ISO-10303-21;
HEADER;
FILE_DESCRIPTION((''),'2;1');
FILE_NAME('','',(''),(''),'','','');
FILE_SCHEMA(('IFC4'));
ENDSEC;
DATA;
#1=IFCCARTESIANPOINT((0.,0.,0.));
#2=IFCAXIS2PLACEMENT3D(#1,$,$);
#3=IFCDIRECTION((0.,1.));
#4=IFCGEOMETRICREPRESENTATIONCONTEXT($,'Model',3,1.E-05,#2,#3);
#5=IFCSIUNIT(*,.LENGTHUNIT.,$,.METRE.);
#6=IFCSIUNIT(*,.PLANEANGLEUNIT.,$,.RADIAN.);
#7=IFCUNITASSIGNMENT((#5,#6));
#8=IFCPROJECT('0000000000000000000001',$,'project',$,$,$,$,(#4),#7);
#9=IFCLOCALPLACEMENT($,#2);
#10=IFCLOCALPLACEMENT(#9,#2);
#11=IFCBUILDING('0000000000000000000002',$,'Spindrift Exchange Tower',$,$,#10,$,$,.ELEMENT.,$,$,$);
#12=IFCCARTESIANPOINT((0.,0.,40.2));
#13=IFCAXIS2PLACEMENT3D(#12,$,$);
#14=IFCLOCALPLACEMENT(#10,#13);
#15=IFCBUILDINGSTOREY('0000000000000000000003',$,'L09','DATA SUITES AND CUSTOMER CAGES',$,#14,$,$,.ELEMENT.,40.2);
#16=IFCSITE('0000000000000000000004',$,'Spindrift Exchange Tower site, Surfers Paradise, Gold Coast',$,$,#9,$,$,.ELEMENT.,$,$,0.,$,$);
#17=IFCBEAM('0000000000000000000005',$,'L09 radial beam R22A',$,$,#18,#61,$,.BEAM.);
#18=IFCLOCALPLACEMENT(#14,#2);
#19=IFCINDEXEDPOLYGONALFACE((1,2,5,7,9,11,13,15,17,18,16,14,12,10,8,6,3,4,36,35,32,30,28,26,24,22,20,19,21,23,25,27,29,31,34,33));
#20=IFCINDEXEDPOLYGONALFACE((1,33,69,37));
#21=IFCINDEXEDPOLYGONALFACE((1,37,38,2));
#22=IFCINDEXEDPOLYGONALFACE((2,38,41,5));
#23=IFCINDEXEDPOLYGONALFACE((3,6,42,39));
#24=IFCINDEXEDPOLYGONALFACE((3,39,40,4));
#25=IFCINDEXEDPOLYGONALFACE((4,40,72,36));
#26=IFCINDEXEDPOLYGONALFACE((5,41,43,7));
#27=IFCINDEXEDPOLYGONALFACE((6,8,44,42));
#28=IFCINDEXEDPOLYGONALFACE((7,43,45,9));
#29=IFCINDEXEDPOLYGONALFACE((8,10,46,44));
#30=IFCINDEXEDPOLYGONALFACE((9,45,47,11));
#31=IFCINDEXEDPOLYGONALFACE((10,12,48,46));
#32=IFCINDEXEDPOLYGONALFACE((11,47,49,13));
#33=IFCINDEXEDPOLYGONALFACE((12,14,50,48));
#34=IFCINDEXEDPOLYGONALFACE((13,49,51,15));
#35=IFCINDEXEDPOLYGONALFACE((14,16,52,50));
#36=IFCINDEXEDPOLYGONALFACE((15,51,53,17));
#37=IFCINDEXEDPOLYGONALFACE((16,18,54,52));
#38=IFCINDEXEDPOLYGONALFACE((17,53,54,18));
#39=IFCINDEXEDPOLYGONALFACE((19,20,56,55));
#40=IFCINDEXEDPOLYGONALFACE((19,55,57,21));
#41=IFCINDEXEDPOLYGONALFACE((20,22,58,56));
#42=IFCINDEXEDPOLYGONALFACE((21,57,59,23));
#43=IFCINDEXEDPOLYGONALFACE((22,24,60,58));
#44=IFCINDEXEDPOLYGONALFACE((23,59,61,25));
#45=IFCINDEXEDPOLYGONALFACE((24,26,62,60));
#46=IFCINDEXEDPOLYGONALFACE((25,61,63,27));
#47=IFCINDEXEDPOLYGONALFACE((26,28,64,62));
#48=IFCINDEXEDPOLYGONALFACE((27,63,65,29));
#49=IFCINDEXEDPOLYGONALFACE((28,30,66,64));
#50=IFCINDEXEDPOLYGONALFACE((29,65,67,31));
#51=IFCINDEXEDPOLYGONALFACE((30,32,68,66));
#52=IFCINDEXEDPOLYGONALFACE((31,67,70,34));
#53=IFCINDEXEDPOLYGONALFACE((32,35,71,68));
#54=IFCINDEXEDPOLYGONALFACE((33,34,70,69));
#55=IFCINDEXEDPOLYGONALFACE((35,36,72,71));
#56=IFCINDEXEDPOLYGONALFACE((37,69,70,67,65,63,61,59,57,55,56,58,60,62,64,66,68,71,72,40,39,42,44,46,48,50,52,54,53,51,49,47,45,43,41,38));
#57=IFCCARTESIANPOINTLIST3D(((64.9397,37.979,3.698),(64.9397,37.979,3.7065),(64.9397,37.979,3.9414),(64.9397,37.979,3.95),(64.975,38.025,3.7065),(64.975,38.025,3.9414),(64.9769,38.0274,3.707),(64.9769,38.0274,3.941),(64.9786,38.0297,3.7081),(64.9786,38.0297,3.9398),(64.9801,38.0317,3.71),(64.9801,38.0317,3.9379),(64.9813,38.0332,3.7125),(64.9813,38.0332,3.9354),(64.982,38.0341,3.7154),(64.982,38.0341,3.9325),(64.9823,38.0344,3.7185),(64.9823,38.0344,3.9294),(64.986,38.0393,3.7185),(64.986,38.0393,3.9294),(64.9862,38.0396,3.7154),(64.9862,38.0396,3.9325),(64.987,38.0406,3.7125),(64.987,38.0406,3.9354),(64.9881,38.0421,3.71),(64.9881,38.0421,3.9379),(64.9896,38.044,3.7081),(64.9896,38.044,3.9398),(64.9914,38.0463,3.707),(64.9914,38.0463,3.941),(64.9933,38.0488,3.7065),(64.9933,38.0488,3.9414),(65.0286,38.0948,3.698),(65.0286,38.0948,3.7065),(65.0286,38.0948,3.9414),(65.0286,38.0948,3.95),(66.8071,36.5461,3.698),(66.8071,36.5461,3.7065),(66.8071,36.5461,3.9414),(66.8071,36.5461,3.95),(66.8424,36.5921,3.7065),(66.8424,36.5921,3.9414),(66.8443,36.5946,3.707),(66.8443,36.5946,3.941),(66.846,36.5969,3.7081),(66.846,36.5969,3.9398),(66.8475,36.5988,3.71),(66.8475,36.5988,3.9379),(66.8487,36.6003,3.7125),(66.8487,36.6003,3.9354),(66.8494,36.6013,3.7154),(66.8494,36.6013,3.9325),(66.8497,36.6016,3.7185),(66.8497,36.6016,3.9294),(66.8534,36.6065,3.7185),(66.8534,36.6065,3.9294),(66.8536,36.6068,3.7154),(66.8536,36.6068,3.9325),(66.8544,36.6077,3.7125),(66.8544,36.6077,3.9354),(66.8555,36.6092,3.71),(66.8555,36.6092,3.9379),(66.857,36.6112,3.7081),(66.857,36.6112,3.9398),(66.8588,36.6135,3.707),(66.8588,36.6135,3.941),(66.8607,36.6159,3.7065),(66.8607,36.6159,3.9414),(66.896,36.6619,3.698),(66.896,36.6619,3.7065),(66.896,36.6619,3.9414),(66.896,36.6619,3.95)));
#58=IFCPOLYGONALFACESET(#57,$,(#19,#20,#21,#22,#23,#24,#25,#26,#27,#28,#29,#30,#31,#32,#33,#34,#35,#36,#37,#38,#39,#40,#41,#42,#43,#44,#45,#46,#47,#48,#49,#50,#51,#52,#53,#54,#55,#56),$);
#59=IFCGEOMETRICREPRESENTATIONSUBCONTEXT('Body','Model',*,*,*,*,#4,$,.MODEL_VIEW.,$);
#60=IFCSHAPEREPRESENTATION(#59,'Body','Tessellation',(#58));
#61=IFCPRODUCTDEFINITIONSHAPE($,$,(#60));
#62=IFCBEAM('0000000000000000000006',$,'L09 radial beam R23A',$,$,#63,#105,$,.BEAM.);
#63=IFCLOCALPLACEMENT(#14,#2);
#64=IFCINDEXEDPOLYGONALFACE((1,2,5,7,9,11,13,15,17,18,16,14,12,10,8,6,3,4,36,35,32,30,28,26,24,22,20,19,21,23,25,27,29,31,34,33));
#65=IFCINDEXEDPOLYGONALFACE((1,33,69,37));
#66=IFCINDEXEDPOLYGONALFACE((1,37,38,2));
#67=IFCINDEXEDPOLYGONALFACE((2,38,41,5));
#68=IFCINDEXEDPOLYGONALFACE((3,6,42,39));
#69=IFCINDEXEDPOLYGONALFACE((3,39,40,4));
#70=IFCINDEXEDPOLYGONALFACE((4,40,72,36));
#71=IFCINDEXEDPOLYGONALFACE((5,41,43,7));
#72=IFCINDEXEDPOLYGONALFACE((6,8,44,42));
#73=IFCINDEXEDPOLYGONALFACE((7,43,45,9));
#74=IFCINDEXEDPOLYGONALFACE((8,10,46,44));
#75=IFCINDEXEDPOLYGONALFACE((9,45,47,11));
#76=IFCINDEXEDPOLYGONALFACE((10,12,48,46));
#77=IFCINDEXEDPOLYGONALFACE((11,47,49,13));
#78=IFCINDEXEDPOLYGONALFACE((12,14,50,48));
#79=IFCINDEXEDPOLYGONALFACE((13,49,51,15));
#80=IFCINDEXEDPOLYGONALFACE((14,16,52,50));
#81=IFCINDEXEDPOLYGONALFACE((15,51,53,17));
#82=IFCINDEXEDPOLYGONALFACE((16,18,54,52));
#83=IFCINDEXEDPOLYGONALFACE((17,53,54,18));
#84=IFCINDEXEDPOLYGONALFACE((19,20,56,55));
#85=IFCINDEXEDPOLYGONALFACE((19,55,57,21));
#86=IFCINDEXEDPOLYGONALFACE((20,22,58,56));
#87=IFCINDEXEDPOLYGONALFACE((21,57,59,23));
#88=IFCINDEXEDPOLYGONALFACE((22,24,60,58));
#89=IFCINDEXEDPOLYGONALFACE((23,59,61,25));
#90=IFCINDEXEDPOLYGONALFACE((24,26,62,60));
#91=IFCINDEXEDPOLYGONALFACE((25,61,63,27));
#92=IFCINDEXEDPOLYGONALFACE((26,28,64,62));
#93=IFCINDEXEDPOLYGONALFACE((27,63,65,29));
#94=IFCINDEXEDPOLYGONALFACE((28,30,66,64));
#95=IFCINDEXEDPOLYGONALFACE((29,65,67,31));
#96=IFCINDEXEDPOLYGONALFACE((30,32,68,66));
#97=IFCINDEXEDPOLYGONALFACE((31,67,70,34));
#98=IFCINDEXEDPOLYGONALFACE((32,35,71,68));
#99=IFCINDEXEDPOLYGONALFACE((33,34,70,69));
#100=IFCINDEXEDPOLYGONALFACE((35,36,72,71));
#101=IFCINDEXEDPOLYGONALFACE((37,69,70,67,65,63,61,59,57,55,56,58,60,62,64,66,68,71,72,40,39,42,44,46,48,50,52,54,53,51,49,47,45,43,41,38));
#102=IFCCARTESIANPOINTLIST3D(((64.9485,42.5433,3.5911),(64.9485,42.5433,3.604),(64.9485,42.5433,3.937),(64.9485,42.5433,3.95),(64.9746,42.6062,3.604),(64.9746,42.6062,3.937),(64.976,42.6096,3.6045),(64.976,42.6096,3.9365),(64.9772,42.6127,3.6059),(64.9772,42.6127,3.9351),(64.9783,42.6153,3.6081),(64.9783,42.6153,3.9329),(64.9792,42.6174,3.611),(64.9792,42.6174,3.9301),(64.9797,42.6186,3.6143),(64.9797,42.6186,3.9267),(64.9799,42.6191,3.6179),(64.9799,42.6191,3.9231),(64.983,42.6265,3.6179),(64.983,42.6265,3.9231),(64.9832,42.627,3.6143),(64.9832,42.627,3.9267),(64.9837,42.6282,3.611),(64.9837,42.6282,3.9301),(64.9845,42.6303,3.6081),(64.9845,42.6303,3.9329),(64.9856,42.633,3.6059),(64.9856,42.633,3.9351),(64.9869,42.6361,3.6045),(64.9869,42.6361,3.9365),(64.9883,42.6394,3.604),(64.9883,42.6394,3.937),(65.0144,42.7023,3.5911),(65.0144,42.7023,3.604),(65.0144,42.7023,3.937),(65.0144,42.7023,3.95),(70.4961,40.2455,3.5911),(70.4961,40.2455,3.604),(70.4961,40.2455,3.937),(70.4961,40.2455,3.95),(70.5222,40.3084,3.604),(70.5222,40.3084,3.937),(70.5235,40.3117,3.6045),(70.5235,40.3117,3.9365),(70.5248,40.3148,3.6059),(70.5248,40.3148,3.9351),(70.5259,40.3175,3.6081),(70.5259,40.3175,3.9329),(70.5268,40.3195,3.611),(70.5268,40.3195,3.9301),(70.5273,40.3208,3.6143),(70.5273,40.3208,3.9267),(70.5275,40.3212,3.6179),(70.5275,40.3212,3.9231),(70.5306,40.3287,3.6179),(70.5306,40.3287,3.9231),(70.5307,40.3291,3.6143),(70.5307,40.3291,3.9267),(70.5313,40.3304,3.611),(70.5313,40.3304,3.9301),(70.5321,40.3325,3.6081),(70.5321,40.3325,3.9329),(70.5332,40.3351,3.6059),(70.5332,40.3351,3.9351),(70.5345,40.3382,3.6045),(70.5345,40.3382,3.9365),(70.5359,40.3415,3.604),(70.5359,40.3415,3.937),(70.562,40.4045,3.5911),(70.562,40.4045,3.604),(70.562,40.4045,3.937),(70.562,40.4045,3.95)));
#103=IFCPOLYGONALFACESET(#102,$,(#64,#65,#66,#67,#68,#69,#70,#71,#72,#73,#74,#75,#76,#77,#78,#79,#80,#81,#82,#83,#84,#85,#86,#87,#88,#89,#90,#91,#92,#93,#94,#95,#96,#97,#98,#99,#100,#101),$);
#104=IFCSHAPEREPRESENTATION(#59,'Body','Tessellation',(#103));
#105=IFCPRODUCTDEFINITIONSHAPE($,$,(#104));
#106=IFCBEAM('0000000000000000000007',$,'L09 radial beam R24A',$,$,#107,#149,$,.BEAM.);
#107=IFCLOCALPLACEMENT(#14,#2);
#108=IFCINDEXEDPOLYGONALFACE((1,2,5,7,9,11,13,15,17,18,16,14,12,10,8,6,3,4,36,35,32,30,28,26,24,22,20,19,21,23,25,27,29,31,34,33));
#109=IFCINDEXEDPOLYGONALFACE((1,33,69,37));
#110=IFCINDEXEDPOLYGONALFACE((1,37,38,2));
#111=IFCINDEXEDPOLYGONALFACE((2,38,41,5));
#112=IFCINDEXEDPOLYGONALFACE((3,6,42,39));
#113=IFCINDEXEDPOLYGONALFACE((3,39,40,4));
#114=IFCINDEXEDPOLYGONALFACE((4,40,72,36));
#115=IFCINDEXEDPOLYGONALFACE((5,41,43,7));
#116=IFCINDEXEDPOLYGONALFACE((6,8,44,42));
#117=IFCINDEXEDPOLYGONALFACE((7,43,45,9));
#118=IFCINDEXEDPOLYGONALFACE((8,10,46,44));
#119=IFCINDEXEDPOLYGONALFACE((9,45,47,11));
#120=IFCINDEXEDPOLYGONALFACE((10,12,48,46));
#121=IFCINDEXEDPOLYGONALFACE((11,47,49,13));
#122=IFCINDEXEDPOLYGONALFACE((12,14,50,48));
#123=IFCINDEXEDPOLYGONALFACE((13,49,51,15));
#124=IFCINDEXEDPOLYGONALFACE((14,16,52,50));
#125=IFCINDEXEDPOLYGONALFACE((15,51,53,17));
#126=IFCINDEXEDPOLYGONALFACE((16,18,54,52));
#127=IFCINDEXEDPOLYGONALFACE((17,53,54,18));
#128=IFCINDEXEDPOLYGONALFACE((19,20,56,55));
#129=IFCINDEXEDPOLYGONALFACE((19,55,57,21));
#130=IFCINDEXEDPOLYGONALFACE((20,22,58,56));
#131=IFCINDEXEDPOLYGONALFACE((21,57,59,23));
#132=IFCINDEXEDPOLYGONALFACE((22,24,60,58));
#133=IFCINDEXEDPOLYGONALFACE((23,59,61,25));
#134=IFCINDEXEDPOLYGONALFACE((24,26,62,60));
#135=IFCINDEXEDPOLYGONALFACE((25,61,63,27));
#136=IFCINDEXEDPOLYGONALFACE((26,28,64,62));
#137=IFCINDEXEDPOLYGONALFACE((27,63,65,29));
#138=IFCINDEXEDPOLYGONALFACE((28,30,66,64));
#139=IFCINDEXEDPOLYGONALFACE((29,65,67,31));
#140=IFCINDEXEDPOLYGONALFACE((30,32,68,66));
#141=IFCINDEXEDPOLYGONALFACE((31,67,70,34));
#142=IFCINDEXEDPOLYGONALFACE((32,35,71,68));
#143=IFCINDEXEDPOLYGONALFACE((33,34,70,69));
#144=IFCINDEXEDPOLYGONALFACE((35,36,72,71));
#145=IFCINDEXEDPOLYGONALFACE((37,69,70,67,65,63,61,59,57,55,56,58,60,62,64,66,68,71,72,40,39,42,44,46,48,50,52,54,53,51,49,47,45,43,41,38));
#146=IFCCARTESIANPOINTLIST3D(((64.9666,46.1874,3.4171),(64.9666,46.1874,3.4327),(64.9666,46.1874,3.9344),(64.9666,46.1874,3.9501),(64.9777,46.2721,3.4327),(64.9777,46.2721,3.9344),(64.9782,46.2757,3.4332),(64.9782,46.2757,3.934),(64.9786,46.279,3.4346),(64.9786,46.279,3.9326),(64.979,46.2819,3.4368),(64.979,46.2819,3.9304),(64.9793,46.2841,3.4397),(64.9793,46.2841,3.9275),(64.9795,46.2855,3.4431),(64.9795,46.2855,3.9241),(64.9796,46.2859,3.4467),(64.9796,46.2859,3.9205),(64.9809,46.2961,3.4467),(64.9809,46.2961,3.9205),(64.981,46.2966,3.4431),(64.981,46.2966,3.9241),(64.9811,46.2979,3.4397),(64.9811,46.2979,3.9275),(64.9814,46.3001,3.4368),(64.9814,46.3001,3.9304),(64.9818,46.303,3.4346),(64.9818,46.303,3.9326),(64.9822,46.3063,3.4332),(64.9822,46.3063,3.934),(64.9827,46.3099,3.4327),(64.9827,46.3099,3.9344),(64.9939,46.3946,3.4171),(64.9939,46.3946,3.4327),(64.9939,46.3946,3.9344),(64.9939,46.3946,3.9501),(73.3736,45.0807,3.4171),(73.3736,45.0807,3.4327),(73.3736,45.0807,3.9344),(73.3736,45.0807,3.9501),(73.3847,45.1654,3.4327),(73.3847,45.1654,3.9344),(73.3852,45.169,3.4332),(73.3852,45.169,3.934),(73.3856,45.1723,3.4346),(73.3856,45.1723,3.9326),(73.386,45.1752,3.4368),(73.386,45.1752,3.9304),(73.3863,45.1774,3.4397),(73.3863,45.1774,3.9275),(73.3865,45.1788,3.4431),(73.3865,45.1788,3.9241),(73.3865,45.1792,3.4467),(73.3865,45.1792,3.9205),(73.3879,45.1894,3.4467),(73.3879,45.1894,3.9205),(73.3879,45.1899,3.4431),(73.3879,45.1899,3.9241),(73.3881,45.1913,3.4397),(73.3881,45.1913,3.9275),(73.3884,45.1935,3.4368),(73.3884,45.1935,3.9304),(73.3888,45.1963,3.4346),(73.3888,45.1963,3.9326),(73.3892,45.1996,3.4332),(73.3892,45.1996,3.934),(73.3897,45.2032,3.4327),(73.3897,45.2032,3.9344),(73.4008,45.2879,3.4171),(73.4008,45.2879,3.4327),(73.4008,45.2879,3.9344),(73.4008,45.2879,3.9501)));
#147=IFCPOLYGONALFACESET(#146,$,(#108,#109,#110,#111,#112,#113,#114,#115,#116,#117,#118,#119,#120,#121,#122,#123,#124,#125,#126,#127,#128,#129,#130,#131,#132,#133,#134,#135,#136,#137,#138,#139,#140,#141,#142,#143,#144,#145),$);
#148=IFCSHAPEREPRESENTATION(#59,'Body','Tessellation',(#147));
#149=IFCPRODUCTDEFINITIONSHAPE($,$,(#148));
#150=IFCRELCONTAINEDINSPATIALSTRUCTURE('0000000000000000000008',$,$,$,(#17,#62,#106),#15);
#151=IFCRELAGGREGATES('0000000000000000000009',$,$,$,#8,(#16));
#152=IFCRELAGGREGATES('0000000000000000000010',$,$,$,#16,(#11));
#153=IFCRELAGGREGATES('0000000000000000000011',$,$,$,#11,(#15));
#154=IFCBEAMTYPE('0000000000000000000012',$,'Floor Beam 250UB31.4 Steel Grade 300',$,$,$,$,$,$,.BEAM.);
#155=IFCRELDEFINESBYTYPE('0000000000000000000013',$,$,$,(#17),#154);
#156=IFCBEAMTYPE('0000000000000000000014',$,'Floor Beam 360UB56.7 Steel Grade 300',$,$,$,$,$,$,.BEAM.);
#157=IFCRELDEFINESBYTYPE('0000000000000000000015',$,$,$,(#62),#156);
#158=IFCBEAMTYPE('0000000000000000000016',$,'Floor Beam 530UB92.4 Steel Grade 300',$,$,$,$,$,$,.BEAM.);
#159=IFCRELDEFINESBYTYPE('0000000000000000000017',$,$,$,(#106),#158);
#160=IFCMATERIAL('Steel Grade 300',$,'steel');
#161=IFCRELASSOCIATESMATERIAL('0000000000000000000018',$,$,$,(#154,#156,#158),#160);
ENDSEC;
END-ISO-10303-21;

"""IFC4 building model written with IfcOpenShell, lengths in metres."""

from ifc_helpers import new_model, si_unit, direction, frame, origin, origin_2d, place, context, subcontext, project, spatial, i_section, extrude, source, transform, mapped, material, material_profile, profile_set, type_object, element, save


model = new_model("IFC4")

# Units and contexts
model_context = context("Model", 3, precision=1e-05, world=origin(), true_north=direction((0.0, 1.0)))
body_context = subcontext(model_context, "Body", "Model", "MODEL_VIEW")
ifc_project = project(units=[si_unit("LENGTHUNIT", "METRE"), si_unit("PLANEANGLEUNIT", "RADIAN")], contexts=[model_context])

# Site, building, storey
site_placement = place(None, origin())
site = spatial("IfcSite", under=ifc_project, at=site_placement, Name="Spindrift Exchange Tower site, Surfers Paradise, Gold Coast", CompositionType="ELEMENT", RefElevation=0.0)
building_placement = place(site_placement, origin())
building = spatial("IfcBuilding", under=site, at=building_placement, Name="Spindrift Exchange Tower", CompositionType="ELEMENT")
storey_placement = place(building_placement, frame((0.0, 0.0, 40.2)))
storey = spatial("IfcBuildingStorey", under=building, at=storey_placement, Name="L09", Description="DATA SUITES AND CUSTOMER CAGES", CompositionType="ELEMENT", Elevation=40.2)

# Beams
ifc_material_1 = material(Name="Steel Grade 300", Category="steel")
ifc_material_profile_1 = material_profile(ifc_material_1, i_section(OverallWidth=0.146, OverallDepth=0.252, WebThickness=0.0061, FlangeThickness=0.0085, FilletRadius=0.012, at=origin_2d()), Name="250UB31.4")
ifc_profile_set_1 = profile_set([ifc_material_profile_1], Name="Steel Grade 300")
beam_type_1 = type_object("IfcBeamType", Name="Floor Beam 250UB31.4 Steel Grade 300", PredefinedType="BEAM", material=ifc_profile_set_1)
shared_shape_1 = source(origin(), body_context, "Body", "SweptSolid", [
    extrude(i_section(OverallWidth=0.146, OverallDepth=0.252, WebThickness=0.0061, FlangeThickness=0.0085, FilletRadius=0.012, at=origin_2d()), origin(), (0.0, 0.0, 1.0), 2.3538),
])
beam_1_placement = place(storey_placement, frame((64.9841, 38.0369, 3.824), z_axis=(0.793368, -0.608743, 0.0), x_axis=(0.608743, 0.793368, 0.0)))
element("IfcBeam", 1, at=beam_1_placement, inside=storey, type_object=beam_type_1, Name="L09 radial beam R22A", PredefinedType="BEAM", context=body_context, shape_type="MappedRepresentation", body=[
    mapped(shared_shape_1, transform((0.0, 0.0, 0.0), scale=1.0)),
])
ifc_material_profile_2 = material_profile(ifc_material_1, i_section(OverallWidth=0.1721, OverallDepth=0.3589, WebThickness=0.0081, FlangeThickness=0.0129, FilletRadius=0.0139, at=origin_2d()), Name="360UB56.7")
ifc_profile_set_2 = profile_set([ifc_material_profile_2], Name="Steel Grade 300")
beam_type_2 = type_object("IfcBeamType", Name="Floor Beam 360UB56.7 Steel Grade 300", PredefinedType="BEAM", material=ifc_profile_set_2)
shared_shape_2 = source(origin(), body_context, "Body", "SweptSolid", [
    extrude(i_section(OverallWidth=0.1721, OverallDepth=0.3589, WebThickness=0.0081, FlangeThickness=0.0129, FilletRadius=0.0139, at=origin_2d()), origin(), (0.0, 0.0, 1.0), 6.0046),
])
beam_2_placement = place(storey_placement, frame((64.9814, 42.6228, 3.7705), z_axis=(0.923882, -0.382677, 0.0), x_axis=(0.382677, 0.923882, 0.0)))
element("IfcBeam", 2, at=beam_2_placement, inside=storey, type_object=beam_type_2, Name="L09 radial beam R23A", PredefinedType="BEAM", context=body_context, shape_type="MappedRepresentation", body=[
    mapped(shared_shape_2, transform((0.0, 0.0, 0.0), scale=1.0)),
])
ifc_material_profile_3 = material_profile(ifc_material_1, i_section(OverallWidth=0.209, OverallDepth=0.533, WebThickness=0.0103, FlangeThickness=0.0156, FilletRadius=0.0139, at=origin_2d()), Name="530UB92.4")
ifc_profile_set_3 = profile_set([ifc_material_profile_3], Name="Steel Grade 300")
beam_type_3 = type_object("IfcBeamType", Name="Floor Beam 530UB92.4 Steel Grade 300", PredefinedType="BEAM", material=ifc_profile_set_3)
shared_shape_3 = source(origin(), body_context, "Body", "SweptSolid", [
    extrude(i_section(OverallWidth=0.209, OverallDepth=0.533, WebThickness=0.0103, FlangeThickness=0.0156, FilletRadius=0.0139, at=origin_2d()), origin(), (0.0, 0.0, 1.0), 8.4795),
])
beam_3_placement = place(storey_placement, frame((64.9802, 46.291, 3.6836), z_axis=(0.991447, -0.130513, 0.0), x_axis=(0.130513, 0.991447, 0.0)))
element("IfcBeam", 3, at=beam_3_placement, inside=storey, type_object=beam_type_3, Name="L09 radial beam R24A", PredefinedType="BEAM", context=body_context, shape_type="MappedRepresentation", body=[
    mapped(shared_shape_3, transform((0.0, 0.0, 0.0), scale=1.0)),
])

save(model, "model.ifc")
